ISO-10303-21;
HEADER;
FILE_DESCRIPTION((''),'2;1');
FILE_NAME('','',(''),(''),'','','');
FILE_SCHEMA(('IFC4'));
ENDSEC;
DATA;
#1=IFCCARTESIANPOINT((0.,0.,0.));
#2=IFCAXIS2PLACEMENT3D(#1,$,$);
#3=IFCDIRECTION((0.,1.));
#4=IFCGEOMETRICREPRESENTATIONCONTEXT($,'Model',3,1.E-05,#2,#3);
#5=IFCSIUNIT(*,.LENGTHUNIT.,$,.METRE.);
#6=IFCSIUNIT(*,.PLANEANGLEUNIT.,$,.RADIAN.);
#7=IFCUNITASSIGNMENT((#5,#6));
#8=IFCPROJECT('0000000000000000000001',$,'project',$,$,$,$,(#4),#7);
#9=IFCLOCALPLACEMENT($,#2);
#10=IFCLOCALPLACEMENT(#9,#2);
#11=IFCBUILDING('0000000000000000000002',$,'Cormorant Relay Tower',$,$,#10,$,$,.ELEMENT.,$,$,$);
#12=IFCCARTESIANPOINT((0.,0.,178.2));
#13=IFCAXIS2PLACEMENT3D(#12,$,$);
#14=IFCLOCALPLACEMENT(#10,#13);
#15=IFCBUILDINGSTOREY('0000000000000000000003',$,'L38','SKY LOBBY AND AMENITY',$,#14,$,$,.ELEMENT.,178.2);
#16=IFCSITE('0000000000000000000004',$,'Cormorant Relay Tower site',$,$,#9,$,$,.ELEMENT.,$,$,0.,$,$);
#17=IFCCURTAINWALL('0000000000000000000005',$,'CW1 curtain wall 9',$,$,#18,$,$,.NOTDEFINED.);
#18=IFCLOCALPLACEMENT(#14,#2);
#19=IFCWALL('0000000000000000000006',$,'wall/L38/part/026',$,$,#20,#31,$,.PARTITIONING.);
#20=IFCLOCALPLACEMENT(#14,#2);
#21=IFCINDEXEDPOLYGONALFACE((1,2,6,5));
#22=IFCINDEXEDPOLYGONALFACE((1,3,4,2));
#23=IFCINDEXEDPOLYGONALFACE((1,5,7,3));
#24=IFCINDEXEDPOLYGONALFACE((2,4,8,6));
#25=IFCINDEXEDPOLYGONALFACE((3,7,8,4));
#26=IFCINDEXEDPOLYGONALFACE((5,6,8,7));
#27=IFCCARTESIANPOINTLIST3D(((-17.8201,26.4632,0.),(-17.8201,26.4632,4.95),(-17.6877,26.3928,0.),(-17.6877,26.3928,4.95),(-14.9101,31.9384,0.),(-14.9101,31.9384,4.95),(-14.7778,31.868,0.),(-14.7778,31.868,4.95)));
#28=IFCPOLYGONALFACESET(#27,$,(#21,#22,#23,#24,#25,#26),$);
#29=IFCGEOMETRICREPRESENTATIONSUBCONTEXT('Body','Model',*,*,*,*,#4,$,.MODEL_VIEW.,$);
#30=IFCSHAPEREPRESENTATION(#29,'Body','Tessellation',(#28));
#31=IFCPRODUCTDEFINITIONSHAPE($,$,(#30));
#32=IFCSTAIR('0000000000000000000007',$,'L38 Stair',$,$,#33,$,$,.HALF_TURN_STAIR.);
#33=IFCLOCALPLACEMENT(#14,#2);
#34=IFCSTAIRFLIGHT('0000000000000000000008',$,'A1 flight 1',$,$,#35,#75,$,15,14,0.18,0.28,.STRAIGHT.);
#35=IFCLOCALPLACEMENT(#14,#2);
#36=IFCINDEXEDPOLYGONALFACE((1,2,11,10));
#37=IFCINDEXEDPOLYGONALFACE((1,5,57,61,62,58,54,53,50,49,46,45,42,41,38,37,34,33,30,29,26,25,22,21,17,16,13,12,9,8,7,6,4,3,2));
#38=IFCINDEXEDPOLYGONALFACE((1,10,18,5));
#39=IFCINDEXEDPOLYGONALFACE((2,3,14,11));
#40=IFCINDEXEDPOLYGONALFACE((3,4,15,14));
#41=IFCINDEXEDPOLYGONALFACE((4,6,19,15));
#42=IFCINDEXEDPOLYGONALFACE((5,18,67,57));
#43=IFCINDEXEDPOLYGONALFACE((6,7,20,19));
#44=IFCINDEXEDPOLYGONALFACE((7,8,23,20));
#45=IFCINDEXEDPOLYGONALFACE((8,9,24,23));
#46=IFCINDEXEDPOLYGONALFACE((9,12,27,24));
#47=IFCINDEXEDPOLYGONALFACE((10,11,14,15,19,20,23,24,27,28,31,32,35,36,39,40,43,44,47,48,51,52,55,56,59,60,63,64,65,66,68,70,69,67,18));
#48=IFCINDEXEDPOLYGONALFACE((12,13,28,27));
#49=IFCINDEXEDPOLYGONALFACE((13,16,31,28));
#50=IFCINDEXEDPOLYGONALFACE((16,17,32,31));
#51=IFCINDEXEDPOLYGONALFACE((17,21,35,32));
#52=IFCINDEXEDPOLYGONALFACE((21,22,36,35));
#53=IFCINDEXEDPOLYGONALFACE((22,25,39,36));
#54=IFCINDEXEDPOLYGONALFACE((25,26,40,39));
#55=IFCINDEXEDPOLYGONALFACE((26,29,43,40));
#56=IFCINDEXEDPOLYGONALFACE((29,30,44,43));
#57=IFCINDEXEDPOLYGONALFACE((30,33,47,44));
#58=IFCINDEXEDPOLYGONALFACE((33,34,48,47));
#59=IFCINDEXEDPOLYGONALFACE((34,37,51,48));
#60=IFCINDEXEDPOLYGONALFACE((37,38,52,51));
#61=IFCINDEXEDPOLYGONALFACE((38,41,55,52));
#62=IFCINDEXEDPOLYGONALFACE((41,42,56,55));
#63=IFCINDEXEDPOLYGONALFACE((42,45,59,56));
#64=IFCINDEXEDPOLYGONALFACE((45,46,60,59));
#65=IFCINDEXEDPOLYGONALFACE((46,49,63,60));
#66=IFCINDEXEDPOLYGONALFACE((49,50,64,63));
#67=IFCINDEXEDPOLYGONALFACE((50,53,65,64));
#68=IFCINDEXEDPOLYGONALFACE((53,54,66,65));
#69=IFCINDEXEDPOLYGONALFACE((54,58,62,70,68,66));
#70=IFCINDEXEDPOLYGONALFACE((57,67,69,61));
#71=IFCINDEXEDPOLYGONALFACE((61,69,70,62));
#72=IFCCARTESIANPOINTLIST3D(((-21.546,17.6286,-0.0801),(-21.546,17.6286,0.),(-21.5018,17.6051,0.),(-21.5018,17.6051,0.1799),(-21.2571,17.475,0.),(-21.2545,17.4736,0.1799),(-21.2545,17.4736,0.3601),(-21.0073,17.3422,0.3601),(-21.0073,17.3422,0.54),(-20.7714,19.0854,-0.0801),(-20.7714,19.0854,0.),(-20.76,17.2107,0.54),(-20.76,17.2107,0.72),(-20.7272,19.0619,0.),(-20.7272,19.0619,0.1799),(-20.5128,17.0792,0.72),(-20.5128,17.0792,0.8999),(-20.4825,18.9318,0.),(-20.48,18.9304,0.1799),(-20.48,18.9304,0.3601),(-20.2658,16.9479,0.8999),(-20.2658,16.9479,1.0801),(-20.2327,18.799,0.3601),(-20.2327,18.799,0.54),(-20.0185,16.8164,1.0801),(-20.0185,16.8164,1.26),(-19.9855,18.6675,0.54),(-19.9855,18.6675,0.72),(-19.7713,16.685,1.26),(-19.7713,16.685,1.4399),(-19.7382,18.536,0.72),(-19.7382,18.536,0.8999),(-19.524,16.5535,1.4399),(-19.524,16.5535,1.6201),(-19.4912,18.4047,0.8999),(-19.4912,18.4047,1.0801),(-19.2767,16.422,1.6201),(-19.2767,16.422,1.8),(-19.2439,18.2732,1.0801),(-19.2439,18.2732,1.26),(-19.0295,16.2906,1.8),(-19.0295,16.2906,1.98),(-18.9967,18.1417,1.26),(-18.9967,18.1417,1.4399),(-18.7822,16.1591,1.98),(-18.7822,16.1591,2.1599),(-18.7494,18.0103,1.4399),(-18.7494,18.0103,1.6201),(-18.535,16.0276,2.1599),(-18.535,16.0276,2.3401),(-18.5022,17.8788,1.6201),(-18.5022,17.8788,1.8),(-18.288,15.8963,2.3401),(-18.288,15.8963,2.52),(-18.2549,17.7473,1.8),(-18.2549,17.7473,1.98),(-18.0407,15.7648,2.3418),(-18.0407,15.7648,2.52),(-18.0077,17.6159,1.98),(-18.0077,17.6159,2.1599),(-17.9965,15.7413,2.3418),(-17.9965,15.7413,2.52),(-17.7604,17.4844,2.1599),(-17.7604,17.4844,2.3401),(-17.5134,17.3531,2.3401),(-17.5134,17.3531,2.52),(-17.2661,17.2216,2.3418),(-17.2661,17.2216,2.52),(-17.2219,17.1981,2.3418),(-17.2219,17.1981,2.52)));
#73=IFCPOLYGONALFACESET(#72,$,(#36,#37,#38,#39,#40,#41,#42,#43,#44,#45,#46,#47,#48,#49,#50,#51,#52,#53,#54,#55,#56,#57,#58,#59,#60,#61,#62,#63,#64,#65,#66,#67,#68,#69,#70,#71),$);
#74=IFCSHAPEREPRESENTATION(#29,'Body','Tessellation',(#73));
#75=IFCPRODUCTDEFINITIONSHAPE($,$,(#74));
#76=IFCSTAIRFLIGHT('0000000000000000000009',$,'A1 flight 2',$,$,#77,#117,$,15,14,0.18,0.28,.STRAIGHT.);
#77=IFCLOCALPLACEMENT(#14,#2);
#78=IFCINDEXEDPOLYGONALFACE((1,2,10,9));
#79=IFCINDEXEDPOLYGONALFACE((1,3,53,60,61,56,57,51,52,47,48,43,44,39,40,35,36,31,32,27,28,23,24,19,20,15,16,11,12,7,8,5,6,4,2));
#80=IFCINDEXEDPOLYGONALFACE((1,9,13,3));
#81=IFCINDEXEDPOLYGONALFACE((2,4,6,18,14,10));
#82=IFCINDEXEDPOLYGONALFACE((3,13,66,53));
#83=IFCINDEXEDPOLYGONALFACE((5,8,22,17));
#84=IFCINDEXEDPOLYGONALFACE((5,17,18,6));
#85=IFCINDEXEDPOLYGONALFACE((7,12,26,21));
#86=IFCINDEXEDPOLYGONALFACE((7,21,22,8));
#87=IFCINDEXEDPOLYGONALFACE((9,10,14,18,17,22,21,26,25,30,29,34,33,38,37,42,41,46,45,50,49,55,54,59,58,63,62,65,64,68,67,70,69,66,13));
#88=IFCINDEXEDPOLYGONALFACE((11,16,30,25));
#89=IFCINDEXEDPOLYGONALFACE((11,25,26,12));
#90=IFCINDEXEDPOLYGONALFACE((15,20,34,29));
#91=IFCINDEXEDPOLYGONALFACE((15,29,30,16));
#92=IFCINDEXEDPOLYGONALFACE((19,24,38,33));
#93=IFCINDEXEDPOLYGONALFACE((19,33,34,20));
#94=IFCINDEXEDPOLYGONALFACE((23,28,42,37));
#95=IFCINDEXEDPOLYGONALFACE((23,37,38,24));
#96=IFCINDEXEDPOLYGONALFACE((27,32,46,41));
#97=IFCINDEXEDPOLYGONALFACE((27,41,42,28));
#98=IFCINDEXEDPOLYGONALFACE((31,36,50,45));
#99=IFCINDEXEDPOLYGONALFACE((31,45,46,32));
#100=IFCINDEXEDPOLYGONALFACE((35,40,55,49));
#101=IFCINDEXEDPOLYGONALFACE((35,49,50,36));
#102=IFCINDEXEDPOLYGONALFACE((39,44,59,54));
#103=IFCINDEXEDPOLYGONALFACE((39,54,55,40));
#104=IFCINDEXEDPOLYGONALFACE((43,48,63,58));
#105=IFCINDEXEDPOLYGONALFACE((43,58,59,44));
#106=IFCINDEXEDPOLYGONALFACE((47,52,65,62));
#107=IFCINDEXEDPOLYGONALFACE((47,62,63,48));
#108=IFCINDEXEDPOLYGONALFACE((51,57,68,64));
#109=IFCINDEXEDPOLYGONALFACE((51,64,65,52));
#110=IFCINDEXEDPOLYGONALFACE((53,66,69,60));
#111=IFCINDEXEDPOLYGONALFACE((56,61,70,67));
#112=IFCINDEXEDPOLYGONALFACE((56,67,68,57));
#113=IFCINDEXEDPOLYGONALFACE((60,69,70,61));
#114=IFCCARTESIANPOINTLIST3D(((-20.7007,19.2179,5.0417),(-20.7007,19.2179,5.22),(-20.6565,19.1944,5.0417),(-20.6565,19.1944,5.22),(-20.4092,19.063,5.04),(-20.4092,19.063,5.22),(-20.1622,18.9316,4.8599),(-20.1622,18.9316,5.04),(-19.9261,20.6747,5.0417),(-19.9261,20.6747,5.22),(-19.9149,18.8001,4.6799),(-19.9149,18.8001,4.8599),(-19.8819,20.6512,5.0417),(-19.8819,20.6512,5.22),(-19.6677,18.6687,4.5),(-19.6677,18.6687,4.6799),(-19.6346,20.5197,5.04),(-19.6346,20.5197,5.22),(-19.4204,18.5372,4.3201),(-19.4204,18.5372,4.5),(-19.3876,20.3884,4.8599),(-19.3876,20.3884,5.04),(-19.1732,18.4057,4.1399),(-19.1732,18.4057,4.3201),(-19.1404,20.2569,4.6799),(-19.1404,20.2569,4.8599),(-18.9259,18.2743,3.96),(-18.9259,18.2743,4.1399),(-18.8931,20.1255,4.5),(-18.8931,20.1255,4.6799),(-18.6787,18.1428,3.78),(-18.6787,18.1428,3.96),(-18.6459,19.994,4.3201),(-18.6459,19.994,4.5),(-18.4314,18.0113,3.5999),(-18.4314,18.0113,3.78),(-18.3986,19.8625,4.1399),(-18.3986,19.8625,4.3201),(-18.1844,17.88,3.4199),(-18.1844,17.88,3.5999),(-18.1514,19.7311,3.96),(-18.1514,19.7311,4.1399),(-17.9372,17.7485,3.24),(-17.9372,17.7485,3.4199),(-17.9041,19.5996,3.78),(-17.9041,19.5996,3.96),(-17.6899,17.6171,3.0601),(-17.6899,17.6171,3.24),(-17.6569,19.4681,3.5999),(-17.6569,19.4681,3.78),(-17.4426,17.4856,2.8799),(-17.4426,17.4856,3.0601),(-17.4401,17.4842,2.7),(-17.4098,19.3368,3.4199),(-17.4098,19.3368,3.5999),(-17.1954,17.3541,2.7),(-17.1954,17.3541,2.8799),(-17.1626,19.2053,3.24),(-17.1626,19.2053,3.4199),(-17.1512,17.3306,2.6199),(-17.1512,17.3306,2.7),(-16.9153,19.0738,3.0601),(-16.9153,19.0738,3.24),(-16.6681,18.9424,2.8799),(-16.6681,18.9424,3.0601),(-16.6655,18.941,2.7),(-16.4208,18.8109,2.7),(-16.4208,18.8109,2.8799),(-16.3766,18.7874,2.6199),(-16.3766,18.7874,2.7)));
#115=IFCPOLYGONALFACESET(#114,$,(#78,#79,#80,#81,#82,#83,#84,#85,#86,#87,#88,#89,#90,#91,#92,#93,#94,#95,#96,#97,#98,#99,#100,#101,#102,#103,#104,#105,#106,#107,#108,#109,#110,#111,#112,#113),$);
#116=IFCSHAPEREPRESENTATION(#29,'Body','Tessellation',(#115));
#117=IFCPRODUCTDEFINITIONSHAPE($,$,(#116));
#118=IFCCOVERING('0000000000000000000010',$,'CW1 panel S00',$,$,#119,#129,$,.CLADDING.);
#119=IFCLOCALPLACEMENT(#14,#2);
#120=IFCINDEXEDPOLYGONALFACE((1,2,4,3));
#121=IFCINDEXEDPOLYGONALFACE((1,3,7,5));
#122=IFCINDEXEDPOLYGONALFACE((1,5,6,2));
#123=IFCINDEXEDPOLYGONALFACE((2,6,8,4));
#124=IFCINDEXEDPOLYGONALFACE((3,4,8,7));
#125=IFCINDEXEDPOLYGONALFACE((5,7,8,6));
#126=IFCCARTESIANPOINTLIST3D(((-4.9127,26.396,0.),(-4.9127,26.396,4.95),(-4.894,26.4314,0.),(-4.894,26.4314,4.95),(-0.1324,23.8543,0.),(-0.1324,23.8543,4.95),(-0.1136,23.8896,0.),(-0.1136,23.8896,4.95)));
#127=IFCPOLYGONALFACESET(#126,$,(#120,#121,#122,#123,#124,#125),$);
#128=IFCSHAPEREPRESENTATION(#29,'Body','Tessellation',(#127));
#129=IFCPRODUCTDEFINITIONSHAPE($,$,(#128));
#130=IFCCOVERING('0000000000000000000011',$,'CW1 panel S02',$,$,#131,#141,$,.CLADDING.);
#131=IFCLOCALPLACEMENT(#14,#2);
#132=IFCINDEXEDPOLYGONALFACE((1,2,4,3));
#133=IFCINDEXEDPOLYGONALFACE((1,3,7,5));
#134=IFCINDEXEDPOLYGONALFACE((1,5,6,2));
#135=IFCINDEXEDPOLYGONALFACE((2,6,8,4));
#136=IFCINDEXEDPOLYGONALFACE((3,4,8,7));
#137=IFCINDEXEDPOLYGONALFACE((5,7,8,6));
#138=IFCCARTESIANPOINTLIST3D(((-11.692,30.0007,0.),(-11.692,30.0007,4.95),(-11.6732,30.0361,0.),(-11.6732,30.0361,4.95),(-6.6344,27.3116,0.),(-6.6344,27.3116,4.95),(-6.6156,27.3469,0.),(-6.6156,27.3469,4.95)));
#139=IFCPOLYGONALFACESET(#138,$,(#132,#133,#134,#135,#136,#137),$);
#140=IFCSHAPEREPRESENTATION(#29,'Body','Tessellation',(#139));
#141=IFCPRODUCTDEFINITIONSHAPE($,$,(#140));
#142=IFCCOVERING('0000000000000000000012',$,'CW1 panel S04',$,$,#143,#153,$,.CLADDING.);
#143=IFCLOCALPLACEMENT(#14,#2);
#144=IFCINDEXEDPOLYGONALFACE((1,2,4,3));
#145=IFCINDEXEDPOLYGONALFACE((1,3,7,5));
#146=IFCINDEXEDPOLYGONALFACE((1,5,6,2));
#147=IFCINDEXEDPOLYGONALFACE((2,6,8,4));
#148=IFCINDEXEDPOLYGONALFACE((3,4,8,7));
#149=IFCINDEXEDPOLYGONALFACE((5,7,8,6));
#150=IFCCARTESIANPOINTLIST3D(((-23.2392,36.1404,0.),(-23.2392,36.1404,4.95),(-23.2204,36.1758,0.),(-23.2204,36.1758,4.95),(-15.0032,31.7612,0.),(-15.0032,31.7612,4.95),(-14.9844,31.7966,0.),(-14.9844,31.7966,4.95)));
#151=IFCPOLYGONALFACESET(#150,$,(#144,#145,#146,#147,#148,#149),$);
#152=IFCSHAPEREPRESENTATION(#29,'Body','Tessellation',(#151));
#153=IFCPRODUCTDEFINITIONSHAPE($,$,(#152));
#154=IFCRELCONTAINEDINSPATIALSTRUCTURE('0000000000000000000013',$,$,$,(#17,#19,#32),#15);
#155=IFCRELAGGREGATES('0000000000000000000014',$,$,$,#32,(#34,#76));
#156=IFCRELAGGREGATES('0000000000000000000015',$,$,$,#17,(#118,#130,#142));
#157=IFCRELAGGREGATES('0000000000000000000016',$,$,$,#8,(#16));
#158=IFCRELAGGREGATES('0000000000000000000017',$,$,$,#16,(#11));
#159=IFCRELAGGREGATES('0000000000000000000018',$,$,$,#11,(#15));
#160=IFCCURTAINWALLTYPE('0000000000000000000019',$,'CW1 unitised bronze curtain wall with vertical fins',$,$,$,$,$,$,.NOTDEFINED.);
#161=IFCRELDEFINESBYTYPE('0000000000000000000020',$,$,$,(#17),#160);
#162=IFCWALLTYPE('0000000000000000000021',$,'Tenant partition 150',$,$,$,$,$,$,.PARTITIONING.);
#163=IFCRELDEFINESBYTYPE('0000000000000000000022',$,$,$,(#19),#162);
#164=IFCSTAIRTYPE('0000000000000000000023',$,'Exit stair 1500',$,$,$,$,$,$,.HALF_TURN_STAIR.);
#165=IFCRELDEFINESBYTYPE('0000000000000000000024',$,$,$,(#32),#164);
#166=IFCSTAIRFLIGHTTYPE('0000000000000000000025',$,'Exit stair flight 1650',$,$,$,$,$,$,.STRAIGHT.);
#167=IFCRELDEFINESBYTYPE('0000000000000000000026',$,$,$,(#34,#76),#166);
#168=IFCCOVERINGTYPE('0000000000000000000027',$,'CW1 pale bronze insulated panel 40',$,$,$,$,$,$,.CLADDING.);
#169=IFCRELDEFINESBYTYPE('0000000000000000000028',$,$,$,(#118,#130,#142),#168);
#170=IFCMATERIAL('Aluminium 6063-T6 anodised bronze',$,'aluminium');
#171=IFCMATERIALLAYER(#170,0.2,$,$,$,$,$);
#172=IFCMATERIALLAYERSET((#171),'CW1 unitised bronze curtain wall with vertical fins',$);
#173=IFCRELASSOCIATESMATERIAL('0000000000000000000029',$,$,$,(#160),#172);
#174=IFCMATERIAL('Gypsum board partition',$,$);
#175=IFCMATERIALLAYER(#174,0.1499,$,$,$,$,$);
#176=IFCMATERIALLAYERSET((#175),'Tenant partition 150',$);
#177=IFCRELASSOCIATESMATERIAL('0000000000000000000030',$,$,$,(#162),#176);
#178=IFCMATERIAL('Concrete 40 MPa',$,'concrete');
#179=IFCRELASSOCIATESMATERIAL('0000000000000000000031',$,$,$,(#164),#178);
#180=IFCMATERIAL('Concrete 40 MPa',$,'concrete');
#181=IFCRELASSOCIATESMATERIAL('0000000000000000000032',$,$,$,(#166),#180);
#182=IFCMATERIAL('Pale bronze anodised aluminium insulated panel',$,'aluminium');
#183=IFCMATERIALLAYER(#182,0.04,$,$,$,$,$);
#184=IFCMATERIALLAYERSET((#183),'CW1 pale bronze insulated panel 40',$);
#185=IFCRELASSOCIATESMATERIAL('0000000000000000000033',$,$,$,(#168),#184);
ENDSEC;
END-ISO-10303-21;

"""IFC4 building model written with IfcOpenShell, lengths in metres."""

from ifc_helpers import new_model, si_unit, direction, frame, frame_2d, origin, origin_2d, place, context, subcontext, project, spatial, polyline, rectangle, outline, extrude, material, layer, layer_set, type_object, element, aggregate, save


model = new_model("IFC4")

# Units and contexts
model_context = context("Model", 3, precision=1e-05, world=origin(), true_north=direction((0.0, 1.0)))
body_context = subcontext(model_context, "Body", "Model", "MODEL_VIEW")
ifc_project = project(units=[si_unit("LENGTHUNIT", "METRE"), si_unit("PLANEANGLEUNIT", "RADIAN")], contexts=[model_context])

# Site, building, storey
site_placement = place(None, origin())
site = spatial("IfcSite", under=ifc_project, at=site_placement, Name="Cormorant Relay Tower site", CompositionType="ELEMENT", RefElevation=0.0)
building_placement = place(site_placement, origin())
building = spatial("IfcBuilding", under=site, at=building_placement, Name="Cormorant Relay Tower", CompositionType="ELEMENT")
storey_placement = place(building_placement, frame((0.0, 0.0, 178.2)))
storey = spatial("IfcBuildingStorey", under=building, at=storey_placement, Name="L38", Description="SKY LOBBY AND AMENITY", CompositionType="ELEMENT", Elevation=178.2)

# Curtain wall
ifc_material_1 = material(Name="Aluminium 6063-T6 anodised bronze", Category="aluminium")
ifc_layer_1 = layer(ifc_material_1, 0.2)
ifc_layer_set_1 = layer_set([ifc_layer_1], Name="CW1 unitised bronze curtain wall with vertical fins")
curtain_wall_type = type_object("IfcCurtainWallType", Name="CW1 unitised bronze curtain wall with vertical fins", PredefinedType="NOTDEFINED", material=ifc_layer_set_1)
curtain_wall_placement = place(storey_placement, origin())
curtain_wall = element("IfcCurtainWall", 1, at=curtain_wall_placement, inside=storey, type_object=curtain_wall_type, Name="CW1 curtain wall 9", PredefinedType="NOTDEFINED")

# Wall
ifc_material_2 = material(Name="Gypsum board partition")
ifc_layer_2 = layer(ifc_material_2, 0.1499)
ifc_layer_set_2 = layer_set([ifc_layer_2], Name="Tenant partition 150")
wall_type_1 = type_object("IfcWallType", Name="Tenant partition 150", PredefinedType="PARTITIONING", material=ifc_layer_set_2)
wall_1_placement = place(storey_placement, frame((-14.844, 31.9031, 0.0), z_axis=(0.0, 0.0, 1.0), x_axis=(-0.469315, -0.883031, 0.0)))
element("IfcWall", 2, at=wall_1_placement, inside=storey, type_object=wall_type_1, Name="wall/L38/part/026", PredefinedType="PARTITIONING", context=body_context, shape_type="SweptSolid", body=[
    extrude(rectangle(XDim=6.2004, YDim=0.1499, at=frame_2d((3.1001, 0.0))), origin(), (0.0, 0.0, 1.0), 4.95),
])

# Stair, stair flights
ifc_material_3 = material(Name="Concrete 40 MPa", Category="concrete")
stair_type = type_object("IfcStairType", Name="Exit stair 1500", PredefinedType="HALF_TURN_STAIR", material=ifc_material_3)
stair_placement = place(storey_placement, origin())
stair = element("IfcStair", 3, at=stair_placement, inside=storey, type_object=stair_type, Name="L38 Stair", PredefinedType="HALF_TURN_STAIR")
ifc_material_4 = material(Name="Concrete 40 MPa", Category="concrete")
stair_flight_type = type_object("IfcStairFlightType", Name="Exit stair flight 1650", PredefinedType="STRAIGHT", material=ifc_material_4)
stair_flight_1_placement = place(storey_placement, frame((-21.1145, 18.3335, 0.0), z_axis=(0.0, 0.0, 1.0), x_axis=(0.882948, -0.469472, 0.0)))
stair_flight_1 = element("IfcStairFlight", 4, at=stair_flight_1_placement, type_object=stair_flight_type, Name="A1 flight 1", NumberOfRisers=15, NumberOfTreads=14, PredefinedType="STRAIGHT", RiserHeight=0.18, TreadLength=0.28, context=body_context, shape_type="SweptSolid", body=[
    extrude(outline(polyline([(-0.05, -0.0801), (-0.05, 0.0), (0.0, 0.0), (0.0, 0.1799), (0.28, 0.1799), (0.28, 0.3601), (0.5601, 0.3601), (0.5601, 0.54), (0.8401, 0.54), (0.8401, 0.72), (1.1201, 0.72), (1.1201, 0.8999), (1.3999, 0.8999), (1.3999, 1.0801), (1.6799, 1.0801), (1.6799, 1.26), (1.96, 1.26), (1.96, 1.4399), (2.24, 1.4399), (2.24, 1.6201), (2.52, 1.6201), (2.52, 1.8), (2.8, 1.8), (2.8, 1.98), (3.0801, 1.98), (3.0801, 2.1599), (3.3601, 2.1599), (3.3601, 2.3401), (3.6399, 2.3401), (3.6399, 2.52), (3.9199, 2.52), (3.97, 2.52), (3.97, 2.3418), (3.9199, 2.3418), (0.2771, 0.0), (-0.05, -0.0801)])), frame((0.0, 0.825, 0.0), z_axis=(0.0, -1.0, 0.0), x_axis=(1.0, 0.0, 0.0)), (0.0, 0.0, 1.0), 1.6499),
])
stair_flight_2_placement = place(storey_placement, frame((-16.8081, 18.0825, 2.7), z_axis=(0.0, 0.0, 1.0), x_axis=(-0.882948, 0.469472, 0.0)))
stair_flight_2 = element("IfcStairFlight", 5, at=stair_flight_2_placement, type_object=stair_flight_type, Name="A1 flight 2", NumberOfRisers=15, NumberOfTreads=14, PredefinedType="STRAIGHT", RiserHeight=0.18, TreadLength=0.28, context=body_context, shape_type="SweptSolid", body=[
    extrude(outline(polyline([(-0.05, -0.0801), (-0.05, 0.0), (0.0, 0.0), (0.0, 0.1799), (0.28, 0.1799), (0.28, 0.3601), (0.5601, 0.3601), (0.5601, 0.54), (0.8401, 0.54), (0.8401, 0.72), (1.1201, 0.72), (1.1201, 0.8999), (1.3999, 0.8999), (1.3999, 1.0801), (1.6799, 1.0801), (1.6799, 1.26), (1.96, 1.26), (1.96, 1.4399), (2.24, 1.4399), (2.24, 1.6201), (2.52, 1.6201), (2.52, 1.8), (2.8, 1.8), (2.8, 1.98), (3.0801, 1.98), (3.0801, 2.1599), (3.3601, 2.1599), (3.3601, 2.3401), (3.6399, 2.3401), (3.6399, 2.52), (3.9199, 2.52), (3.97, 2.52), (3.97, 2.3418), (3.9199, 2.3418), (0.2771, 0.0), (-0.05, -0.0801)])), frame((0.0, 0.825, 0.0), z_axis=(0.0, -1.0, 0.0), x_axis=(1.0, 0.0, 0.0)), (0.0, 0.0, 1.0), 1.6499),
])
aggregate(stair, [stair_flight_1, stair_flight_2])

# Coverings
ifc_material_5 = material(Name="Pale bronze anodised aluminium insulated panel", Category="aluminium")
ifc_layer_3 = layer(ifc_material_5, 0.04)
ifc_layer_set_3 = layer_set([ifc_layer_3], Name="CW1 pale bronze insulated panel 40")
covering_type = type_object("IfcCoveringType", Name="CW1 pale bronze insulated panel 40", PredefinedType="CLADDING", material=ifc_layer_set_3)
covering_1_placement = place(storey_placement, frame((-2.5132, 25.1428, 0.0), z_axis=(0.0, 0.0, 1.0), x_axis=(-0.882948, 0.469472, 0.0)))
covering_1 = element("IfcCovering", 6, at=covering_1_placement, type_object=covering_type, Name="CW1 panel S00", PredefinedType="CLADDING", context=body_context, shape_type="SweptSolid", body=[
    extrude(rectangle(XDim=5.4141, YDim=0.04, at=origin_2d()), origin(), (0.0, 0.0, 1.0), 4.95),
])
covering_2_placement = place(storey_placement, frame((-9.1538, 28.6738, 0.0), z_axis=(0.0, 0.0, 1.0), x_axis=(-0.882948, 0.469472, 0.0)))
covering_2 = element("IfcCovering", 7, at=covering_2_placement, type_object=covering_type, Name="CW1 panel S02", PredefinedType="CLADDING", context=body_context, shape_type="SweptSolid", body=[
    extrude(rectangle(XDim=5.728, YDim=0.04, at=origin_2d()), origin(), (0.0, 0.0, 1.0), 4.95),
])
covering_3_placement = place(storey_placement, frame((-19.1118, 33.9685, 0.0), z_axis=(0.0, 0.0, 1.0), x_axis=(-0.882948, 0.469472, 0.0)))
covering_3 = element("IfcCovering", 8, at=covering_3_placement, type_object=covering_type, Name="CW1 panel S04", PredefinedType="CLADDING", context=body_context, shape_type="SweptSolid", body=[
    extrude(rectangle(XDim=9.3279, YDim=0.04, at=origin_2d()), origin(), (0.0, 0.0, 1.0), 4.95),
])
aggregate(curtain_wall, [covering_1, covering_2, covering_3])

save(model, "model.ifc")
